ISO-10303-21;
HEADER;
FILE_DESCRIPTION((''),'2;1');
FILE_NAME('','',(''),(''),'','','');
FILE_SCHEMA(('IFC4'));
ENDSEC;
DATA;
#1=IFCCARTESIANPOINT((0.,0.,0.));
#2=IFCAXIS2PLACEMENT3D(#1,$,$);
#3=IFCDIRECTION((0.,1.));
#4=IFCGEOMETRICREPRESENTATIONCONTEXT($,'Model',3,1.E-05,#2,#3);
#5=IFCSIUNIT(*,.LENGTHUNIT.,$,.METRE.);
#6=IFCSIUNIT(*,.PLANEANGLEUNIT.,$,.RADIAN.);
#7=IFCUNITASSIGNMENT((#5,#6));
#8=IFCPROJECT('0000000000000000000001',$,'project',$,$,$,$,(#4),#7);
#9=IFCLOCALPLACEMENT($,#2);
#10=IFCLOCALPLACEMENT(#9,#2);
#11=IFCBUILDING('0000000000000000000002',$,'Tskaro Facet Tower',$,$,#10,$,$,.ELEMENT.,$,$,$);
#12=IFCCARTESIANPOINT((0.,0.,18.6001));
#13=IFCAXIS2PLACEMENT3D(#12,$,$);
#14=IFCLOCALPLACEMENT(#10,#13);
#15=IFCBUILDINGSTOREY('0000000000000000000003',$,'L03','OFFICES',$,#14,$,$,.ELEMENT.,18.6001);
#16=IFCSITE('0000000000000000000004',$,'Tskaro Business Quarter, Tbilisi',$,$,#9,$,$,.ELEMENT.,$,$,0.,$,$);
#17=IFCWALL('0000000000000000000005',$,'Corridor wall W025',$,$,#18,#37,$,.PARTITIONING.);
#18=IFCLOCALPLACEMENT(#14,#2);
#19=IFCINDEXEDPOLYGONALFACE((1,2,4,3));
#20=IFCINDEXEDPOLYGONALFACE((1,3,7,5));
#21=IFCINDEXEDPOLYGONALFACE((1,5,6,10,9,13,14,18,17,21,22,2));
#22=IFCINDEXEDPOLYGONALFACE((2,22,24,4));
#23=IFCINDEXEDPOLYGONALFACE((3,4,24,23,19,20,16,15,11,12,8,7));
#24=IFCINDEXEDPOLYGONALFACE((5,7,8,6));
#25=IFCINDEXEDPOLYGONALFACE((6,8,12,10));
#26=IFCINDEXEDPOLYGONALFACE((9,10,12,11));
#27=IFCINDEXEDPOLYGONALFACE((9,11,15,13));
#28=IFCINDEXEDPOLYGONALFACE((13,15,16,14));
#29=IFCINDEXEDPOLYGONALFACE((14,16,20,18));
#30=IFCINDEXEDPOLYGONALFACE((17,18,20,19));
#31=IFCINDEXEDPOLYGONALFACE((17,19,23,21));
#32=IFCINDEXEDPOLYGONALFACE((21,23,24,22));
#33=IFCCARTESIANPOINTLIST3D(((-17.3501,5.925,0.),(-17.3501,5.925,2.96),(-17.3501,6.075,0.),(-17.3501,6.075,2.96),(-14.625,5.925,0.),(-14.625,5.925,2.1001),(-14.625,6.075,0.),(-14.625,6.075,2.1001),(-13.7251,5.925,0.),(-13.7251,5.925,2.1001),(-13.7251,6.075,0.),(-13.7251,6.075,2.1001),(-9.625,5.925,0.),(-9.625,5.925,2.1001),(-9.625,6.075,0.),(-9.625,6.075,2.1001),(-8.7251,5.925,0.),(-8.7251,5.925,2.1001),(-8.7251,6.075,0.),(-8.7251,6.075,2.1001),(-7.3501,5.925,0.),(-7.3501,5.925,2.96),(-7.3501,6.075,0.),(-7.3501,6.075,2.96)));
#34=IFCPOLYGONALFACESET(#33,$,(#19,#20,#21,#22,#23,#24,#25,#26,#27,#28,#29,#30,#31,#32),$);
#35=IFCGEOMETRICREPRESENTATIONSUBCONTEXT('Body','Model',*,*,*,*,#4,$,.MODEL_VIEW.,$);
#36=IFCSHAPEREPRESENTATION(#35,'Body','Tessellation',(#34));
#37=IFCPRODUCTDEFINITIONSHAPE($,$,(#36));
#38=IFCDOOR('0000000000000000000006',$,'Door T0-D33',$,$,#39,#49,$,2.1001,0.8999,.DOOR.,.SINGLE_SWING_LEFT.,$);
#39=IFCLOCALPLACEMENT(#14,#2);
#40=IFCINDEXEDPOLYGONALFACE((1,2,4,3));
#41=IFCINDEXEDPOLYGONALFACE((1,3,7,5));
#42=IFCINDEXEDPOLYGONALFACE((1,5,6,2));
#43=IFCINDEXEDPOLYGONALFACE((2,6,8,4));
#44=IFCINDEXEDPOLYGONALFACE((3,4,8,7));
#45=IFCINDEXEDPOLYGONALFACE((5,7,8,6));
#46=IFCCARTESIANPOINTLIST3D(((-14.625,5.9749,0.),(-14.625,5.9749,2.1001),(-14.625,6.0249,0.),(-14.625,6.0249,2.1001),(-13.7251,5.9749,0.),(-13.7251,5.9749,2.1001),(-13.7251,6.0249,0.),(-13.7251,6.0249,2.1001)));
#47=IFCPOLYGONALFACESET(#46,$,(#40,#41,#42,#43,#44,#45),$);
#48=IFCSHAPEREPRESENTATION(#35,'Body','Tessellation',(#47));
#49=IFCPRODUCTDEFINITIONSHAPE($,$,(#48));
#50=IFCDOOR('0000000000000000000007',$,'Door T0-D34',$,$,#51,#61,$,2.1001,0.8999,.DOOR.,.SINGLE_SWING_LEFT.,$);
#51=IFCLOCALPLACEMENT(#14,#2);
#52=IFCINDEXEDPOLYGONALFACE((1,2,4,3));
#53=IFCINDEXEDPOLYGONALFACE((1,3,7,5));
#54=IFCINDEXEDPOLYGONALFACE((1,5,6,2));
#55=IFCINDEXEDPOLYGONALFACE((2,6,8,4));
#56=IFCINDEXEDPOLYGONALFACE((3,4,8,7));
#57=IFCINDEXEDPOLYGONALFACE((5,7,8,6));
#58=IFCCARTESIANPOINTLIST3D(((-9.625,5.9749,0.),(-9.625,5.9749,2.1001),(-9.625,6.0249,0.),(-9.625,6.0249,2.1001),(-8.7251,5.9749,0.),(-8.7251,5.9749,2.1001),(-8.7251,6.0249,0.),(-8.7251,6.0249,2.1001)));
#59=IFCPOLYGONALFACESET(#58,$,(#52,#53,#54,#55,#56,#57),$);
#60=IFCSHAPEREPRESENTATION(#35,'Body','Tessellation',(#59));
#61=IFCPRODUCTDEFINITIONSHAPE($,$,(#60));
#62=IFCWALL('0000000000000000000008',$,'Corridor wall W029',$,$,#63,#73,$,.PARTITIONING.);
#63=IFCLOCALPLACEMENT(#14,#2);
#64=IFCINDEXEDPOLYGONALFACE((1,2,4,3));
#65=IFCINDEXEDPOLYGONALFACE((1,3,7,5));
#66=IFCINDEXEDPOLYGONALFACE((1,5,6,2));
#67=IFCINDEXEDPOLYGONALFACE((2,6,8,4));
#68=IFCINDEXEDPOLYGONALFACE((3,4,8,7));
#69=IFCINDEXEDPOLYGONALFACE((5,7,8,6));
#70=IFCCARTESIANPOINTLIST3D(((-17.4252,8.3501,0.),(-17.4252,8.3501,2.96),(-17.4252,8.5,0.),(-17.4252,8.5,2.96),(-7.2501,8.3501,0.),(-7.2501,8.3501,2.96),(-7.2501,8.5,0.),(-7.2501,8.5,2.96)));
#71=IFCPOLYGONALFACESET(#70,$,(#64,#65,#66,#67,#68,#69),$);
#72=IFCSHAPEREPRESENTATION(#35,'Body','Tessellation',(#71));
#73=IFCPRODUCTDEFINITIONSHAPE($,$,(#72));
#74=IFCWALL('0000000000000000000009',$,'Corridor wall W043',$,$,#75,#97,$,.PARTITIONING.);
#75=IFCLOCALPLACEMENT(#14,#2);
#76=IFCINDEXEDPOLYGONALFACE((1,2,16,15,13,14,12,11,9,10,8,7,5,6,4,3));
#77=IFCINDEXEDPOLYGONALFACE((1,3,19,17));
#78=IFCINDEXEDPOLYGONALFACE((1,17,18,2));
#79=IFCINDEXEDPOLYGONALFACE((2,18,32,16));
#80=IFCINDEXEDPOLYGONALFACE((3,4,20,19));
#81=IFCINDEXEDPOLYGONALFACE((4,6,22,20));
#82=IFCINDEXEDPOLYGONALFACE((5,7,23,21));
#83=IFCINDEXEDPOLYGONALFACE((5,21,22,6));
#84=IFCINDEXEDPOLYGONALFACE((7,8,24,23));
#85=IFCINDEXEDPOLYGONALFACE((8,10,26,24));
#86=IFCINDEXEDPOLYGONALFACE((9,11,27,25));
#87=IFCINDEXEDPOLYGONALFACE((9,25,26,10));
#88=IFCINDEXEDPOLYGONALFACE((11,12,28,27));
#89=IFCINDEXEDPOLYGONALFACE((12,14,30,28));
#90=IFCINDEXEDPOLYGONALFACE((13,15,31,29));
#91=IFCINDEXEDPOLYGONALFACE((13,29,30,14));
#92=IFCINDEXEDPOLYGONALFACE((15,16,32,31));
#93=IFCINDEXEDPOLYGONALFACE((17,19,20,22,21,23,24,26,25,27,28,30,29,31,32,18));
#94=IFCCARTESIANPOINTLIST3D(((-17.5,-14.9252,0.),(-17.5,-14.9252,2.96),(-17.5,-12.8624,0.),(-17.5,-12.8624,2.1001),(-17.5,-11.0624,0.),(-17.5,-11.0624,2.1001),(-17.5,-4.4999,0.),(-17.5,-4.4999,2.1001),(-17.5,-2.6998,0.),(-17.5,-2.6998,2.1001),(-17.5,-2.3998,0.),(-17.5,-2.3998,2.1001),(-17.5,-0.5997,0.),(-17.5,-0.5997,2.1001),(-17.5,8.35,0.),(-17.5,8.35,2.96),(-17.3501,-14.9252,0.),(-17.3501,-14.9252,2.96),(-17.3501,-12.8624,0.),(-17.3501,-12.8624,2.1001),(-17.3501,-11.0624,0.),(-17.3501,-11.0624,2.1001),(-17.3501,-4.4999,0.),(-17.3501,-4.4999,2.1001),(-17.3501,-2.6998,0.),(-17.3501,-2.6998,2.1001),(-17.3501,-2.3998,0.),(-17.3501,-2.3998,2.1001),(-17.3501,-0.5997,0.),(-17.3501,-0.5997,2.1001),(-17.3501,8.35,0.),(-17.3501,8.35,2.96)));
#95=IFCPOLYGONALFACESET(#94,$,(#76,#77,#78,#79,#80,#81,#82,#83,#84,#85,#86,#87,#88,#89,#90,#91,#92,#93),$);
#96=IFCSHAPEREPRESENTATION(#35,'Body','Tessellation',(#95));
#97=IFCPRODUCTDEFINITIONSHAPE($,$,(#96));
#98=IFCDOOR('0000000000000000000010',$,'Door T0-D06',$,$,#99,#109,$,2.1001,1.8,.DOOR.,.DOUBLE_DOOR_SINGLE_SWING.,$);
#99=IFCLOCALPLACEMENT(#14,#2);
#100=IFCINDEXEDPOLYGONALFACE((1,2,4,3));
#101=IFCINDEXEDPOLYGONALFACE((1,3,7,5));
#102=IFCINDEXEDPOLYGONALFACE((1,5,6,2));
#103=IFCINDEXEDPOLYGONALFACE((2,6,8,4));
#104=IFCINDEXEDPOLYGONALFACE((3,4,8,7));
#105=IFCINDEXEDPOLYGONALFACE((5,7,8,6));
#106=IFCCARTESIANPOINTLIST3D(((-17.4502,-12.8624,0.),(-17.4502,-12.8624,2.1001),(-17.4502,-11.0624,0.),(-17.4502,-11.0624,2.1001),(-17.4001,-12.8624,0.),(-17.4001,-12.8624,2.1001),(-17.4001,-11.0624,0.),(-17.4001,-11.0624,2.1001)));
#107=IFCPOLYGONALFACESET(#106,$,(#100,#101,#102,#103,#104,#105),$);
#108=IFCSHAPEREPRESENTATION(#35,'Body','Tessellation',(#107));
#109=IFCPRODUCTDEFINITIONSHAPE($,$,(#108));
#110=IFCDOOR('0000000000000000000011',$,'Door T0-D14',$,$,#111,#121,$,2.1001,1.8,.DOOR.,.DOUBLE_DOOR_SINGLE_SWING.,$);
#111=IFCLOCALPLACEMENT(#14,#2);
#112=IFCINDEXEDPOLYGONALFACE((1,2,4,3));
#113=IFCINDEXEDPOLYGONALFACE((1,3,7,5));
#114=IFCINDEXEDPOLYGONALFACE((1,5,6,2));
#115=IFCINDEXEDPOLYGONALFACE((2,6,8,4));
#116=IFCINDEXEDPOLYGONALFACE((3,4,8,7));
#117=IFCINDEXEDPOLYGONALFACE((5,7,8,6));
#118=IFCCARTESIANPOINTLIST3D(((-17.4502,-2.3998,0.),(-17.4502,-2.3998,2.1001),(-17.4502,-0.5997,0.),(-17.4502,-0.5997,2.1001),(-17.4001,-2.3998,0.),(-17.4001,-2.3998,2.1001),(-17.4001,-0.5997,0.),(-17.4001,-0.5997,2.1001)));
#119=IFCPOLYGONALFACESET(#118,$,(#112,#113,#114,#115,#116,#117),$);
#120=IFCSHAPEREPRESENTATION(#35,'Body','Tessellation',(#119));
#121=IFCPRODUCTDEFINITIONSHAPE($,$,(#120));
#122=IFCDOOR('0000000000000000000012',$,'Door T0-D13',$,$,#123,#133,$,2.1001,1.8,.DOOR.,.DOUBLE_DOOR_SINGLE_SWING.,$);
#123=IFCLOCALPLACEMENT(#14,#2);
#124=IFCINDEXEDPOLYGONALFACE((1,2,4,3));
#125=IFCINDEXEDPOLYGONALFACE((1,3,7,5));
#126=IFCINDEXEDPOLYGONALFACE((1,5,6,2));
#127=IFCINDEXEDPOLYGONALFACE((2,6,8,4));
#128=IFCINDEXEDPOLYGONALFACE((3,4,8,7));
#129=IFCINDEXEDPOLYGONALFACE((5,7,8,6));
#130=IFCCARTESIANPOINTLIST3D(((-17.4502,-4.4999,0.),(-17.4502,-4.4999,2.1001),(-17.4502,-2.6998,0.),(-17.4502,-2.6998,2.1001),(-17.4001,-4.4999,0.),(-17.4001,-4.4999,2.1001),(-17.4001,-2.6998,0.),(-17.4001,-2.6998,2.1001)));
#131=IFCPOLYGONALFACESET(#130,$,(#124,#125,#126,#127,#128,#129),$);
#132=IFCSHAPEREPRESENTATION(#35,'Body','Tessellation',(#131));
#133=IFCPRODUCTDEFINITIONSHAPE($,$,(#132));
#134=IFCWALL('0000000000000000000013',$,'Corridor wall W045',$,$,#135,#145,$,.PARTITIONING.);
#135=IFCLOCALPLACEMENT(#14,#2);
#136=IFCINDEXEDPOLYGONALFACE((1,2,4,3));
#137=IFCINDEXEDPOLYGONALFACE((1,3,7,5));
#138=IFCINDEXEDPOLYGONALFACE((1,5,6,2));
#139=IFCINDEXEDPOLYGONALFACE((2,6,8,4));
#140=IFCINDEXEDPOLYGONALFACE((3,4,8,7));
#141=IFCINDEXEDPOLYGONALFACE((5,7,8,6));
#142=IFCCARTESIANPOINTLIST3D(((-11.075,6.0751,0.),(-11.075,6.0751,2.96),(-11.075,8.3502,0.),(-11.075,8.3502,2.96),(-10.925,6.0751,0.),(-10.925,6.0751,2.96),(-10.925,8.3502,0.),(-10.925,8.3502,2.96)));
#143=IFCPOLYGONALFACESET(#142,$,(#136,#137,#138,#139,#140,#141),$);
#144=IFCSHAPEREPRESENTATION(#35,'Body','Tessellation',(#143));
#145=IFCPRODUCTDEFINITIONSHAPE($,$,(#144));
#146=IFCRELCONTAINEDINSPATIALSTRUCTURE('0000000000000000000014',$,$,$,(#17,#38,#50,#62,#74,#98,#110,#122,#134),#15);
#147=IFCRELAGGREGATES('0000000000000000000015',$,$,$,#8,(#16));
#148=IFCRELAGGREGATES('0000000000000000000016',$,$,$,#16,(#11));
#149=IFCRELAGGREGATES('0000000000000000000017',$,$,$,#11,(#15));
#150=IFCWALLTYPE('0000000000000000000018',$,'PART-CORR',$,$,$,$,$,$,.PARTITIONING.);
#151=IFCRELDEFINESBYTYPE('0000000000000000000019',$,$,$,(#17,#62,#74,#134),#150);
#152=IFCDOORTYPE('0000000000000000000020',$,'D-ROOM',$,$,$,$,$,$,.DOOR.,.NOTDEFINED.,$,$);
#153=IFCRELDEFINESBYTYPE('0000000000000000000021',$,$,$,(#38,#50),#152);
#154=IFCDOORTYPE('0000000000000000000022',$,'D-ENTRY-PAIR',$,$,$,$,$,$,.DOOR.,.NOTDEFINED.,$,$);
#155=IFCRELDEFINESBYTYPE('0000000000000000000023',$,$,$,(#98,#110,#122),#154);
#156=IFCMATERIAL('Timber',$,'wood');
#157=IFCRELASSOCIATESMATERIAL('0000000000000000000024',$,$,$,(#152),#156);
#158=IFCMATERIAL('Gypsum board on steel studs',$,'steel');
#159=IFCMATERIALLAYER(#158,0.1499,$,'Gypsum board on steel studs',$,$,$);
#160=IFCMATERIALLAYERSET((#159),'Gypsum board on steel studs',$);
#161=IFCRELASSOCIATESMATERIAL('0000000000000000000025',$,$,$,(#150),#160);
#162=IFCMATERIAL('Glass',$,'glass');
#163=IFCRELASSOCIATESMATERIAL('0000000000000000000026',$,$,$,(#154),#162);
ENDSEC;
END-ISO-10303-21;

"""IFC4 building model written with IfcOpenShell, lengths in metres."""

from ifc_helpers import new_model, si_unit, direction, frame, frame_2d, origin, place, context, subcontext, project, spatial, rectangle, extrude, material, layer, layer_set, type_object, element, fill, save


model = new_model("IFC4")

# Units and contexts
model_context = context("Model", 3, precision=1e-05, world=origin(), true_north=direction((0.0, 1.0)))
body_context = subcontext(model_context, "Body", "Model", "MODEL_VIEW")
ifc_project = project(units=[si_unit("LENGTHUNIT", "METRE"), si_unit("PLANEANGLEUNIT", "RADIAN")], contexts=[model_context])

# Site, building, storey
site_placement = place(None, origin())
site = spatial("IfcSite", under=ifc_project, at=site_placement, Name="Tskaro Business Quarter, Tbilisi", CompositionType="ELEMENT", RefElevation=0.0)
building_placement = place(site_placement, origin())
building = spatial("IfcBuilding", under=site, at=building_placement, Name="Tskaro Facet Tower", CompositionType="ELEMENT")
storey_placement = place(building_placement, frame((0.0, 0.0, 18.6001)))
storey = spatial("IfcBuildingStorey", under=building, at=storey_placement, Name="L03", Description="OFFICES", CompositionType="ELEMENT", Elevation=18.6001)

# Shared definitions
ifc_material_1 = material(Name="Timber", Category="wood")
door_type_1 = type_object("IfcDoorType", Name="D-ROOM", OperationType="NOTDEFINED", PredefinedType="DOOR", material=ifc_material_1)

# Shared definitions
ifc_material_2 = material(Name="Gypsum board on steel studs", Category="steel")

# Wall, openings, doors
ifc_layer_1 = layer(ifc_material_2, 0.1499, Name="Gypsum board on steel studs")
ifc_layer_set_1 = layer_set([ifc_layer_1], Name="Gypsum board on steel studs")
wall_type_1 = type_object("IfcWallType", Name="PART-CORR", PredefinedType="PARTITIONING", material=ifc_layer_set_1)
wall_1_placement = place(storey_placement, frame((-17.3501, 6.0, 0.0), z_axis=(0.0, 0.0, 1.0), x_axis=(1.0, 0.0, 0.0)))
wall_1 = element("IfcWall", 1, at=wall_1_placement, inside=storey, type_object=wall_type_1, Name="Corridor wall W025", PredefinedType="PARTITIONING", context=body_context, shape_type="SweptSolid", body=[
    extrude(rectangle(XDim=10.0, YDim=0.1499, at=frame_2d((5.0, 0.0))), origin(), (0.0, 0.0, 1.0), 2.96),
])
opening_1_placement = place(wall_1_placement, frame((2.7251, 0.0, 0.0)))
opening_1 = element("IfcOpeningElement", 2, at=opening_1_placement, cuts=wall_1, PredefinedType="OPENING", context=body_context, shape_type="SweptSolid", body=[
    extrude(rectangle(XDim=0.8999, YDim=2.1001, at=frame_2d((0.45, 1.05))), frame((0.0, 0.085, 0.0), z_axis=(0.0, -1.0, 0.0), x_axis=(1.0, 0.0, 0.0)), (0.0, 0.0, 1.0), 0.1699),
])
opening_2_placement = place(wall_1_placement, frame((7.7251, 0.0, 0.0)))
opening_2 = element("IfcOpeningElement", 3, at=opening_2_placement, cuts=wall_1, PredefinedType="OPENING", context=body_context, shape_type="SweptSolid", body=[
    extrude(rectangle(XDim=0.8999, YDim=2.1001, at=frame_2d((0.45, 1.05))), frame((0.0, 0.085, 0.0), z_axis=(0.0, -1.0, 0.0), x_axis=(1.0, 0.0, 0.0)), (0.0, 0.0, 1.0), 0.1699),
])
door_1_placement = place(opening_1_placement, origin())
door_1 = element("IfcDoor", 4, at=door_1_placement, inside=storey, type_object=door_type_1, Name="Door T0-D33", OperationType="SINGLE_SWING_LEFT", OverallHeight=2.1001, OverallWidth=0.8999, PredefinedType="DOOR", context=body_context, shape_type="SweptSolid", body=[
    extrude(rectangle(XDim=0.8999, YDim=2.1001, at=frame_2d((0.45, 1.05))), frame((0.0, 0.0249, 0.0), z_axis=(0.0, -1.0, 0.0), x_axis=(1.0, 0.0, 0.0)), (0.0, 0.0, 1.0), 0.05),
])
fill(opening_1, door_1)
door_2_placement = place(opening_2_placement, origin())
door_2 = element("IfcDoor", 5, at=door_2_placement, inside=storey, type_object=door_type_1, Name="Door T0-D34", OperationType="SINGLE_SWING_LEFT", OverallHeight=2.1001, OverallWidth=0.8999, PredefinedType="DOOR", context=body_context, shape_type="SweptSolid", body=[
    extrude(rectangle(XDim=0.8999, YDim=2.1001, at=frame_2d((0.45, 1.05))), frame((0.0, 0.0249, 0.0), z_axis=(0.0, -1.0, 0.0), x_axis=(1.0, 0.0, 0.0)), (0.0, 0.0, 1.0), 0.05),
])
fill(opening_2, door_2)

# Wall
wall_2_placement = place(storey_placement, frame((-17.425, 8.425, 0.0), z_axis=(0.0, 0.0, 1.0), x_axis=(1.0, 0.0, 0.0)))
element("IfcWall", 6, at=wall_2_placement, inside=storey, type_object=wall_type_1, Name="Corridor wall W029", PredefinedType="PARTITIONING", context=body_context, shape_type="SweptSolid", body=[
    extrude(rectangle(XDim=10.175, YDim=0.1499, at=frame_2d((5.0874, 0.0))), origin(), (0.0, 0.0, 1.0), 2.96),
])

# Wall, openings, doors
wall_3_placement = place(storey_placement, frame((-17.425, 8.3501, 0.0), z_axis=(0.0, 0.0, 1.0), x_axis=(0.0, -1.0, 0.0)))
wall_3 = element("IfcWall", 7, at=wall_3_placement, inside=storey, type_object=wall_type_1, Name="Corridor wall W043", PredefinedType="PARTITIONING", context=body_context, shape_type="SweptSolid", body=[
    extrude(rectangle(XDim=23.2751, YDim=0.1499, at=frame_2d((11.6377, 0.0))), origin(), (0.0, 0.0, 1.0), 2.96),
])
opening_3_placement = place(wall_3_placement, frame((19.4126, 0.0, 0.0)))
opening_3 = element("IfcOpeningElement", 8, at=opening_3_placement, cuts=wall_3, PredefinedType="OPENING", context=body_context, shape_type="SweptSolid", body=[
    extrude(rectangle(XDim=1.8, YDim=2.1001, at=frame_2d((0.8999, 1.05))), frame((0.0, 0.085, 0.0), z_axis=(0.0, -1.0, 0.0), x_axis=(1.0, 0.0, 0.0)), (0.0, 0.0, 1.0), 0.1699),
])
opening_4_placement = place(wall_3_placement, frame((8.95, 0.0, 0.0)))
opening_4 = element("IfcOpeningElement", 9, at=opening_4_placement, cuts=wall_3, PredefinedType="OPENING", context=body_context, shape_type="SweptSolid", body=[
    extrude(rectangle(XDim=1.8, YDim=2.1001, at=frame_2d((0.8999, 1.05))), frame((0.0, 0.085, 0.0), z_axis=(0.0, -1.0, 0.0), x_axis=(1.0, 0.0, 0.0)), (0.0, 0.0, 1.0), 0.1699),
])
opening_5_placement = place(wall_3_placement, frame((11.05, 0.0, 0.0)))
opening_5 = element("IfcOpeningElement", 10, at=opening_5_placement, cuts=wall_3, PredefinedType="OPENING", context=body_context, shape_type="SweptSolid", body=[
    extrude(rectangle(XDim=1.8, YDim=2.1001, at=frame_2d((0.8999, 1.05))), frame((0.0, 0.085, 0.0), z_axis=(0.0, -1.0, 0.0), x_axis=(1.0, 0.0, 0.0)), (0.0, 0.0, 1.0), 0.1699),
])
ifc_material_3 = material(Name="Glass", Category="glass")
door_type_2 = type_object("IfcDoorType", Name="D-ENTRY-PAIR", OperationType="NOTDEFINED", PredefinedType="DOOR", material=ifc_material_3)
door_3_placement = place(opening_3_placement, origin())
door_3 = element("IfcDoor", 11, at=door_3_placement, inside=storey, type_object=door_type_2, Name="Door T0-D06", OperationType="DOUBLE_DOOR_SINGLE_SWING", OverallHeight=2.1001, OverallWidth=1.8, PredefinedType="DOOR", context=body_context, shape_type="SweptSolid", body=[
    extrude(rectangle(XDim=1.8, YDim=2.1001, at=frame_2d((0.8999, 1.05))), frame((0.0, 0.0249, 0.0), z_axis=(0.0, -1.0, 0.0), x_axis=(1.0, 0.0, 0.0)), (0.0, 0.0, 1.0), 0.05),
])
fill(opening_3, door_3)
door_4_placement = place(opening_4_placement, origin())
door_4 = element("IfcDoor", 12, at=door_4_placement, inside=storey, type_object=door_type_2, Name="Door T0-D14", OperationType="DOUBLE_DOOR_SINGLE_SWING", OverallHeight=2.1001, OverallWidth=1.8, PredefinedType="DOOR", context=body_context, shape_type="SweptSolid", body=[
    extrude(rectangle(XDim=1.8, YDim=2.1001, at=frame_2d((0.8999, 1.05))), frame((0.0, 0.0249, 0.0), z_axis=(0.0, -1.0, 0.0), x_axis=(1.0, 0.0, 0.0)), (0.0, 0.0, 1.0), 0.05),
])
fill(opening_4, door_4)
door_5_placement = place(opening_5_placement, origin())
door_5 = element("IfcDoor", 13, at=door_5_placement, inside=storey, type_object=door_type_2, Name="Door T0-D13", OperationType="DOUBLE_DOOR_SINGLE_SWING", OverallHeight=2.1001, OverallWidth=1.8, PredefinedType="DOOR", context=body_context, shape_type="SweptSolid", body=[
    extrude(rectangle(XDim=1.8, YDim=2.1001, at=frame_2d((0.8999, 1.05))), frame((0.0, 0.0249, 0.0), z_axis=(0.0, -1.0, 0.0), x_axis=(1.0, 0.0, 0.0)), (0.0, 0.0, 1.0), 0.05),
])
fill(opening_5, door_5)

# Wall
wall_4_placement = place(storey_placement, frame((-11.0, 6.075, 0.0), z_axis=(0.0, 0.0, 1.0), x_axis=(0.0, 1.0, 0.0)))
element("IfcWall", 14, at=wall_4_placement, inside=storey, type_object=wall_type_1, Name="Corridor wall W045", PredefinedType="PARTITIONING", context=body_context, shape_type="SweptSolid", body=[
    extrude(rectangle(XDim=2.2751, YDim=0.1499, at=frame_2d((1.1377, 0.0))), origin(), (0.0, 0.0, 1.0), 2.96),
])

save(model, "model.ifc")
